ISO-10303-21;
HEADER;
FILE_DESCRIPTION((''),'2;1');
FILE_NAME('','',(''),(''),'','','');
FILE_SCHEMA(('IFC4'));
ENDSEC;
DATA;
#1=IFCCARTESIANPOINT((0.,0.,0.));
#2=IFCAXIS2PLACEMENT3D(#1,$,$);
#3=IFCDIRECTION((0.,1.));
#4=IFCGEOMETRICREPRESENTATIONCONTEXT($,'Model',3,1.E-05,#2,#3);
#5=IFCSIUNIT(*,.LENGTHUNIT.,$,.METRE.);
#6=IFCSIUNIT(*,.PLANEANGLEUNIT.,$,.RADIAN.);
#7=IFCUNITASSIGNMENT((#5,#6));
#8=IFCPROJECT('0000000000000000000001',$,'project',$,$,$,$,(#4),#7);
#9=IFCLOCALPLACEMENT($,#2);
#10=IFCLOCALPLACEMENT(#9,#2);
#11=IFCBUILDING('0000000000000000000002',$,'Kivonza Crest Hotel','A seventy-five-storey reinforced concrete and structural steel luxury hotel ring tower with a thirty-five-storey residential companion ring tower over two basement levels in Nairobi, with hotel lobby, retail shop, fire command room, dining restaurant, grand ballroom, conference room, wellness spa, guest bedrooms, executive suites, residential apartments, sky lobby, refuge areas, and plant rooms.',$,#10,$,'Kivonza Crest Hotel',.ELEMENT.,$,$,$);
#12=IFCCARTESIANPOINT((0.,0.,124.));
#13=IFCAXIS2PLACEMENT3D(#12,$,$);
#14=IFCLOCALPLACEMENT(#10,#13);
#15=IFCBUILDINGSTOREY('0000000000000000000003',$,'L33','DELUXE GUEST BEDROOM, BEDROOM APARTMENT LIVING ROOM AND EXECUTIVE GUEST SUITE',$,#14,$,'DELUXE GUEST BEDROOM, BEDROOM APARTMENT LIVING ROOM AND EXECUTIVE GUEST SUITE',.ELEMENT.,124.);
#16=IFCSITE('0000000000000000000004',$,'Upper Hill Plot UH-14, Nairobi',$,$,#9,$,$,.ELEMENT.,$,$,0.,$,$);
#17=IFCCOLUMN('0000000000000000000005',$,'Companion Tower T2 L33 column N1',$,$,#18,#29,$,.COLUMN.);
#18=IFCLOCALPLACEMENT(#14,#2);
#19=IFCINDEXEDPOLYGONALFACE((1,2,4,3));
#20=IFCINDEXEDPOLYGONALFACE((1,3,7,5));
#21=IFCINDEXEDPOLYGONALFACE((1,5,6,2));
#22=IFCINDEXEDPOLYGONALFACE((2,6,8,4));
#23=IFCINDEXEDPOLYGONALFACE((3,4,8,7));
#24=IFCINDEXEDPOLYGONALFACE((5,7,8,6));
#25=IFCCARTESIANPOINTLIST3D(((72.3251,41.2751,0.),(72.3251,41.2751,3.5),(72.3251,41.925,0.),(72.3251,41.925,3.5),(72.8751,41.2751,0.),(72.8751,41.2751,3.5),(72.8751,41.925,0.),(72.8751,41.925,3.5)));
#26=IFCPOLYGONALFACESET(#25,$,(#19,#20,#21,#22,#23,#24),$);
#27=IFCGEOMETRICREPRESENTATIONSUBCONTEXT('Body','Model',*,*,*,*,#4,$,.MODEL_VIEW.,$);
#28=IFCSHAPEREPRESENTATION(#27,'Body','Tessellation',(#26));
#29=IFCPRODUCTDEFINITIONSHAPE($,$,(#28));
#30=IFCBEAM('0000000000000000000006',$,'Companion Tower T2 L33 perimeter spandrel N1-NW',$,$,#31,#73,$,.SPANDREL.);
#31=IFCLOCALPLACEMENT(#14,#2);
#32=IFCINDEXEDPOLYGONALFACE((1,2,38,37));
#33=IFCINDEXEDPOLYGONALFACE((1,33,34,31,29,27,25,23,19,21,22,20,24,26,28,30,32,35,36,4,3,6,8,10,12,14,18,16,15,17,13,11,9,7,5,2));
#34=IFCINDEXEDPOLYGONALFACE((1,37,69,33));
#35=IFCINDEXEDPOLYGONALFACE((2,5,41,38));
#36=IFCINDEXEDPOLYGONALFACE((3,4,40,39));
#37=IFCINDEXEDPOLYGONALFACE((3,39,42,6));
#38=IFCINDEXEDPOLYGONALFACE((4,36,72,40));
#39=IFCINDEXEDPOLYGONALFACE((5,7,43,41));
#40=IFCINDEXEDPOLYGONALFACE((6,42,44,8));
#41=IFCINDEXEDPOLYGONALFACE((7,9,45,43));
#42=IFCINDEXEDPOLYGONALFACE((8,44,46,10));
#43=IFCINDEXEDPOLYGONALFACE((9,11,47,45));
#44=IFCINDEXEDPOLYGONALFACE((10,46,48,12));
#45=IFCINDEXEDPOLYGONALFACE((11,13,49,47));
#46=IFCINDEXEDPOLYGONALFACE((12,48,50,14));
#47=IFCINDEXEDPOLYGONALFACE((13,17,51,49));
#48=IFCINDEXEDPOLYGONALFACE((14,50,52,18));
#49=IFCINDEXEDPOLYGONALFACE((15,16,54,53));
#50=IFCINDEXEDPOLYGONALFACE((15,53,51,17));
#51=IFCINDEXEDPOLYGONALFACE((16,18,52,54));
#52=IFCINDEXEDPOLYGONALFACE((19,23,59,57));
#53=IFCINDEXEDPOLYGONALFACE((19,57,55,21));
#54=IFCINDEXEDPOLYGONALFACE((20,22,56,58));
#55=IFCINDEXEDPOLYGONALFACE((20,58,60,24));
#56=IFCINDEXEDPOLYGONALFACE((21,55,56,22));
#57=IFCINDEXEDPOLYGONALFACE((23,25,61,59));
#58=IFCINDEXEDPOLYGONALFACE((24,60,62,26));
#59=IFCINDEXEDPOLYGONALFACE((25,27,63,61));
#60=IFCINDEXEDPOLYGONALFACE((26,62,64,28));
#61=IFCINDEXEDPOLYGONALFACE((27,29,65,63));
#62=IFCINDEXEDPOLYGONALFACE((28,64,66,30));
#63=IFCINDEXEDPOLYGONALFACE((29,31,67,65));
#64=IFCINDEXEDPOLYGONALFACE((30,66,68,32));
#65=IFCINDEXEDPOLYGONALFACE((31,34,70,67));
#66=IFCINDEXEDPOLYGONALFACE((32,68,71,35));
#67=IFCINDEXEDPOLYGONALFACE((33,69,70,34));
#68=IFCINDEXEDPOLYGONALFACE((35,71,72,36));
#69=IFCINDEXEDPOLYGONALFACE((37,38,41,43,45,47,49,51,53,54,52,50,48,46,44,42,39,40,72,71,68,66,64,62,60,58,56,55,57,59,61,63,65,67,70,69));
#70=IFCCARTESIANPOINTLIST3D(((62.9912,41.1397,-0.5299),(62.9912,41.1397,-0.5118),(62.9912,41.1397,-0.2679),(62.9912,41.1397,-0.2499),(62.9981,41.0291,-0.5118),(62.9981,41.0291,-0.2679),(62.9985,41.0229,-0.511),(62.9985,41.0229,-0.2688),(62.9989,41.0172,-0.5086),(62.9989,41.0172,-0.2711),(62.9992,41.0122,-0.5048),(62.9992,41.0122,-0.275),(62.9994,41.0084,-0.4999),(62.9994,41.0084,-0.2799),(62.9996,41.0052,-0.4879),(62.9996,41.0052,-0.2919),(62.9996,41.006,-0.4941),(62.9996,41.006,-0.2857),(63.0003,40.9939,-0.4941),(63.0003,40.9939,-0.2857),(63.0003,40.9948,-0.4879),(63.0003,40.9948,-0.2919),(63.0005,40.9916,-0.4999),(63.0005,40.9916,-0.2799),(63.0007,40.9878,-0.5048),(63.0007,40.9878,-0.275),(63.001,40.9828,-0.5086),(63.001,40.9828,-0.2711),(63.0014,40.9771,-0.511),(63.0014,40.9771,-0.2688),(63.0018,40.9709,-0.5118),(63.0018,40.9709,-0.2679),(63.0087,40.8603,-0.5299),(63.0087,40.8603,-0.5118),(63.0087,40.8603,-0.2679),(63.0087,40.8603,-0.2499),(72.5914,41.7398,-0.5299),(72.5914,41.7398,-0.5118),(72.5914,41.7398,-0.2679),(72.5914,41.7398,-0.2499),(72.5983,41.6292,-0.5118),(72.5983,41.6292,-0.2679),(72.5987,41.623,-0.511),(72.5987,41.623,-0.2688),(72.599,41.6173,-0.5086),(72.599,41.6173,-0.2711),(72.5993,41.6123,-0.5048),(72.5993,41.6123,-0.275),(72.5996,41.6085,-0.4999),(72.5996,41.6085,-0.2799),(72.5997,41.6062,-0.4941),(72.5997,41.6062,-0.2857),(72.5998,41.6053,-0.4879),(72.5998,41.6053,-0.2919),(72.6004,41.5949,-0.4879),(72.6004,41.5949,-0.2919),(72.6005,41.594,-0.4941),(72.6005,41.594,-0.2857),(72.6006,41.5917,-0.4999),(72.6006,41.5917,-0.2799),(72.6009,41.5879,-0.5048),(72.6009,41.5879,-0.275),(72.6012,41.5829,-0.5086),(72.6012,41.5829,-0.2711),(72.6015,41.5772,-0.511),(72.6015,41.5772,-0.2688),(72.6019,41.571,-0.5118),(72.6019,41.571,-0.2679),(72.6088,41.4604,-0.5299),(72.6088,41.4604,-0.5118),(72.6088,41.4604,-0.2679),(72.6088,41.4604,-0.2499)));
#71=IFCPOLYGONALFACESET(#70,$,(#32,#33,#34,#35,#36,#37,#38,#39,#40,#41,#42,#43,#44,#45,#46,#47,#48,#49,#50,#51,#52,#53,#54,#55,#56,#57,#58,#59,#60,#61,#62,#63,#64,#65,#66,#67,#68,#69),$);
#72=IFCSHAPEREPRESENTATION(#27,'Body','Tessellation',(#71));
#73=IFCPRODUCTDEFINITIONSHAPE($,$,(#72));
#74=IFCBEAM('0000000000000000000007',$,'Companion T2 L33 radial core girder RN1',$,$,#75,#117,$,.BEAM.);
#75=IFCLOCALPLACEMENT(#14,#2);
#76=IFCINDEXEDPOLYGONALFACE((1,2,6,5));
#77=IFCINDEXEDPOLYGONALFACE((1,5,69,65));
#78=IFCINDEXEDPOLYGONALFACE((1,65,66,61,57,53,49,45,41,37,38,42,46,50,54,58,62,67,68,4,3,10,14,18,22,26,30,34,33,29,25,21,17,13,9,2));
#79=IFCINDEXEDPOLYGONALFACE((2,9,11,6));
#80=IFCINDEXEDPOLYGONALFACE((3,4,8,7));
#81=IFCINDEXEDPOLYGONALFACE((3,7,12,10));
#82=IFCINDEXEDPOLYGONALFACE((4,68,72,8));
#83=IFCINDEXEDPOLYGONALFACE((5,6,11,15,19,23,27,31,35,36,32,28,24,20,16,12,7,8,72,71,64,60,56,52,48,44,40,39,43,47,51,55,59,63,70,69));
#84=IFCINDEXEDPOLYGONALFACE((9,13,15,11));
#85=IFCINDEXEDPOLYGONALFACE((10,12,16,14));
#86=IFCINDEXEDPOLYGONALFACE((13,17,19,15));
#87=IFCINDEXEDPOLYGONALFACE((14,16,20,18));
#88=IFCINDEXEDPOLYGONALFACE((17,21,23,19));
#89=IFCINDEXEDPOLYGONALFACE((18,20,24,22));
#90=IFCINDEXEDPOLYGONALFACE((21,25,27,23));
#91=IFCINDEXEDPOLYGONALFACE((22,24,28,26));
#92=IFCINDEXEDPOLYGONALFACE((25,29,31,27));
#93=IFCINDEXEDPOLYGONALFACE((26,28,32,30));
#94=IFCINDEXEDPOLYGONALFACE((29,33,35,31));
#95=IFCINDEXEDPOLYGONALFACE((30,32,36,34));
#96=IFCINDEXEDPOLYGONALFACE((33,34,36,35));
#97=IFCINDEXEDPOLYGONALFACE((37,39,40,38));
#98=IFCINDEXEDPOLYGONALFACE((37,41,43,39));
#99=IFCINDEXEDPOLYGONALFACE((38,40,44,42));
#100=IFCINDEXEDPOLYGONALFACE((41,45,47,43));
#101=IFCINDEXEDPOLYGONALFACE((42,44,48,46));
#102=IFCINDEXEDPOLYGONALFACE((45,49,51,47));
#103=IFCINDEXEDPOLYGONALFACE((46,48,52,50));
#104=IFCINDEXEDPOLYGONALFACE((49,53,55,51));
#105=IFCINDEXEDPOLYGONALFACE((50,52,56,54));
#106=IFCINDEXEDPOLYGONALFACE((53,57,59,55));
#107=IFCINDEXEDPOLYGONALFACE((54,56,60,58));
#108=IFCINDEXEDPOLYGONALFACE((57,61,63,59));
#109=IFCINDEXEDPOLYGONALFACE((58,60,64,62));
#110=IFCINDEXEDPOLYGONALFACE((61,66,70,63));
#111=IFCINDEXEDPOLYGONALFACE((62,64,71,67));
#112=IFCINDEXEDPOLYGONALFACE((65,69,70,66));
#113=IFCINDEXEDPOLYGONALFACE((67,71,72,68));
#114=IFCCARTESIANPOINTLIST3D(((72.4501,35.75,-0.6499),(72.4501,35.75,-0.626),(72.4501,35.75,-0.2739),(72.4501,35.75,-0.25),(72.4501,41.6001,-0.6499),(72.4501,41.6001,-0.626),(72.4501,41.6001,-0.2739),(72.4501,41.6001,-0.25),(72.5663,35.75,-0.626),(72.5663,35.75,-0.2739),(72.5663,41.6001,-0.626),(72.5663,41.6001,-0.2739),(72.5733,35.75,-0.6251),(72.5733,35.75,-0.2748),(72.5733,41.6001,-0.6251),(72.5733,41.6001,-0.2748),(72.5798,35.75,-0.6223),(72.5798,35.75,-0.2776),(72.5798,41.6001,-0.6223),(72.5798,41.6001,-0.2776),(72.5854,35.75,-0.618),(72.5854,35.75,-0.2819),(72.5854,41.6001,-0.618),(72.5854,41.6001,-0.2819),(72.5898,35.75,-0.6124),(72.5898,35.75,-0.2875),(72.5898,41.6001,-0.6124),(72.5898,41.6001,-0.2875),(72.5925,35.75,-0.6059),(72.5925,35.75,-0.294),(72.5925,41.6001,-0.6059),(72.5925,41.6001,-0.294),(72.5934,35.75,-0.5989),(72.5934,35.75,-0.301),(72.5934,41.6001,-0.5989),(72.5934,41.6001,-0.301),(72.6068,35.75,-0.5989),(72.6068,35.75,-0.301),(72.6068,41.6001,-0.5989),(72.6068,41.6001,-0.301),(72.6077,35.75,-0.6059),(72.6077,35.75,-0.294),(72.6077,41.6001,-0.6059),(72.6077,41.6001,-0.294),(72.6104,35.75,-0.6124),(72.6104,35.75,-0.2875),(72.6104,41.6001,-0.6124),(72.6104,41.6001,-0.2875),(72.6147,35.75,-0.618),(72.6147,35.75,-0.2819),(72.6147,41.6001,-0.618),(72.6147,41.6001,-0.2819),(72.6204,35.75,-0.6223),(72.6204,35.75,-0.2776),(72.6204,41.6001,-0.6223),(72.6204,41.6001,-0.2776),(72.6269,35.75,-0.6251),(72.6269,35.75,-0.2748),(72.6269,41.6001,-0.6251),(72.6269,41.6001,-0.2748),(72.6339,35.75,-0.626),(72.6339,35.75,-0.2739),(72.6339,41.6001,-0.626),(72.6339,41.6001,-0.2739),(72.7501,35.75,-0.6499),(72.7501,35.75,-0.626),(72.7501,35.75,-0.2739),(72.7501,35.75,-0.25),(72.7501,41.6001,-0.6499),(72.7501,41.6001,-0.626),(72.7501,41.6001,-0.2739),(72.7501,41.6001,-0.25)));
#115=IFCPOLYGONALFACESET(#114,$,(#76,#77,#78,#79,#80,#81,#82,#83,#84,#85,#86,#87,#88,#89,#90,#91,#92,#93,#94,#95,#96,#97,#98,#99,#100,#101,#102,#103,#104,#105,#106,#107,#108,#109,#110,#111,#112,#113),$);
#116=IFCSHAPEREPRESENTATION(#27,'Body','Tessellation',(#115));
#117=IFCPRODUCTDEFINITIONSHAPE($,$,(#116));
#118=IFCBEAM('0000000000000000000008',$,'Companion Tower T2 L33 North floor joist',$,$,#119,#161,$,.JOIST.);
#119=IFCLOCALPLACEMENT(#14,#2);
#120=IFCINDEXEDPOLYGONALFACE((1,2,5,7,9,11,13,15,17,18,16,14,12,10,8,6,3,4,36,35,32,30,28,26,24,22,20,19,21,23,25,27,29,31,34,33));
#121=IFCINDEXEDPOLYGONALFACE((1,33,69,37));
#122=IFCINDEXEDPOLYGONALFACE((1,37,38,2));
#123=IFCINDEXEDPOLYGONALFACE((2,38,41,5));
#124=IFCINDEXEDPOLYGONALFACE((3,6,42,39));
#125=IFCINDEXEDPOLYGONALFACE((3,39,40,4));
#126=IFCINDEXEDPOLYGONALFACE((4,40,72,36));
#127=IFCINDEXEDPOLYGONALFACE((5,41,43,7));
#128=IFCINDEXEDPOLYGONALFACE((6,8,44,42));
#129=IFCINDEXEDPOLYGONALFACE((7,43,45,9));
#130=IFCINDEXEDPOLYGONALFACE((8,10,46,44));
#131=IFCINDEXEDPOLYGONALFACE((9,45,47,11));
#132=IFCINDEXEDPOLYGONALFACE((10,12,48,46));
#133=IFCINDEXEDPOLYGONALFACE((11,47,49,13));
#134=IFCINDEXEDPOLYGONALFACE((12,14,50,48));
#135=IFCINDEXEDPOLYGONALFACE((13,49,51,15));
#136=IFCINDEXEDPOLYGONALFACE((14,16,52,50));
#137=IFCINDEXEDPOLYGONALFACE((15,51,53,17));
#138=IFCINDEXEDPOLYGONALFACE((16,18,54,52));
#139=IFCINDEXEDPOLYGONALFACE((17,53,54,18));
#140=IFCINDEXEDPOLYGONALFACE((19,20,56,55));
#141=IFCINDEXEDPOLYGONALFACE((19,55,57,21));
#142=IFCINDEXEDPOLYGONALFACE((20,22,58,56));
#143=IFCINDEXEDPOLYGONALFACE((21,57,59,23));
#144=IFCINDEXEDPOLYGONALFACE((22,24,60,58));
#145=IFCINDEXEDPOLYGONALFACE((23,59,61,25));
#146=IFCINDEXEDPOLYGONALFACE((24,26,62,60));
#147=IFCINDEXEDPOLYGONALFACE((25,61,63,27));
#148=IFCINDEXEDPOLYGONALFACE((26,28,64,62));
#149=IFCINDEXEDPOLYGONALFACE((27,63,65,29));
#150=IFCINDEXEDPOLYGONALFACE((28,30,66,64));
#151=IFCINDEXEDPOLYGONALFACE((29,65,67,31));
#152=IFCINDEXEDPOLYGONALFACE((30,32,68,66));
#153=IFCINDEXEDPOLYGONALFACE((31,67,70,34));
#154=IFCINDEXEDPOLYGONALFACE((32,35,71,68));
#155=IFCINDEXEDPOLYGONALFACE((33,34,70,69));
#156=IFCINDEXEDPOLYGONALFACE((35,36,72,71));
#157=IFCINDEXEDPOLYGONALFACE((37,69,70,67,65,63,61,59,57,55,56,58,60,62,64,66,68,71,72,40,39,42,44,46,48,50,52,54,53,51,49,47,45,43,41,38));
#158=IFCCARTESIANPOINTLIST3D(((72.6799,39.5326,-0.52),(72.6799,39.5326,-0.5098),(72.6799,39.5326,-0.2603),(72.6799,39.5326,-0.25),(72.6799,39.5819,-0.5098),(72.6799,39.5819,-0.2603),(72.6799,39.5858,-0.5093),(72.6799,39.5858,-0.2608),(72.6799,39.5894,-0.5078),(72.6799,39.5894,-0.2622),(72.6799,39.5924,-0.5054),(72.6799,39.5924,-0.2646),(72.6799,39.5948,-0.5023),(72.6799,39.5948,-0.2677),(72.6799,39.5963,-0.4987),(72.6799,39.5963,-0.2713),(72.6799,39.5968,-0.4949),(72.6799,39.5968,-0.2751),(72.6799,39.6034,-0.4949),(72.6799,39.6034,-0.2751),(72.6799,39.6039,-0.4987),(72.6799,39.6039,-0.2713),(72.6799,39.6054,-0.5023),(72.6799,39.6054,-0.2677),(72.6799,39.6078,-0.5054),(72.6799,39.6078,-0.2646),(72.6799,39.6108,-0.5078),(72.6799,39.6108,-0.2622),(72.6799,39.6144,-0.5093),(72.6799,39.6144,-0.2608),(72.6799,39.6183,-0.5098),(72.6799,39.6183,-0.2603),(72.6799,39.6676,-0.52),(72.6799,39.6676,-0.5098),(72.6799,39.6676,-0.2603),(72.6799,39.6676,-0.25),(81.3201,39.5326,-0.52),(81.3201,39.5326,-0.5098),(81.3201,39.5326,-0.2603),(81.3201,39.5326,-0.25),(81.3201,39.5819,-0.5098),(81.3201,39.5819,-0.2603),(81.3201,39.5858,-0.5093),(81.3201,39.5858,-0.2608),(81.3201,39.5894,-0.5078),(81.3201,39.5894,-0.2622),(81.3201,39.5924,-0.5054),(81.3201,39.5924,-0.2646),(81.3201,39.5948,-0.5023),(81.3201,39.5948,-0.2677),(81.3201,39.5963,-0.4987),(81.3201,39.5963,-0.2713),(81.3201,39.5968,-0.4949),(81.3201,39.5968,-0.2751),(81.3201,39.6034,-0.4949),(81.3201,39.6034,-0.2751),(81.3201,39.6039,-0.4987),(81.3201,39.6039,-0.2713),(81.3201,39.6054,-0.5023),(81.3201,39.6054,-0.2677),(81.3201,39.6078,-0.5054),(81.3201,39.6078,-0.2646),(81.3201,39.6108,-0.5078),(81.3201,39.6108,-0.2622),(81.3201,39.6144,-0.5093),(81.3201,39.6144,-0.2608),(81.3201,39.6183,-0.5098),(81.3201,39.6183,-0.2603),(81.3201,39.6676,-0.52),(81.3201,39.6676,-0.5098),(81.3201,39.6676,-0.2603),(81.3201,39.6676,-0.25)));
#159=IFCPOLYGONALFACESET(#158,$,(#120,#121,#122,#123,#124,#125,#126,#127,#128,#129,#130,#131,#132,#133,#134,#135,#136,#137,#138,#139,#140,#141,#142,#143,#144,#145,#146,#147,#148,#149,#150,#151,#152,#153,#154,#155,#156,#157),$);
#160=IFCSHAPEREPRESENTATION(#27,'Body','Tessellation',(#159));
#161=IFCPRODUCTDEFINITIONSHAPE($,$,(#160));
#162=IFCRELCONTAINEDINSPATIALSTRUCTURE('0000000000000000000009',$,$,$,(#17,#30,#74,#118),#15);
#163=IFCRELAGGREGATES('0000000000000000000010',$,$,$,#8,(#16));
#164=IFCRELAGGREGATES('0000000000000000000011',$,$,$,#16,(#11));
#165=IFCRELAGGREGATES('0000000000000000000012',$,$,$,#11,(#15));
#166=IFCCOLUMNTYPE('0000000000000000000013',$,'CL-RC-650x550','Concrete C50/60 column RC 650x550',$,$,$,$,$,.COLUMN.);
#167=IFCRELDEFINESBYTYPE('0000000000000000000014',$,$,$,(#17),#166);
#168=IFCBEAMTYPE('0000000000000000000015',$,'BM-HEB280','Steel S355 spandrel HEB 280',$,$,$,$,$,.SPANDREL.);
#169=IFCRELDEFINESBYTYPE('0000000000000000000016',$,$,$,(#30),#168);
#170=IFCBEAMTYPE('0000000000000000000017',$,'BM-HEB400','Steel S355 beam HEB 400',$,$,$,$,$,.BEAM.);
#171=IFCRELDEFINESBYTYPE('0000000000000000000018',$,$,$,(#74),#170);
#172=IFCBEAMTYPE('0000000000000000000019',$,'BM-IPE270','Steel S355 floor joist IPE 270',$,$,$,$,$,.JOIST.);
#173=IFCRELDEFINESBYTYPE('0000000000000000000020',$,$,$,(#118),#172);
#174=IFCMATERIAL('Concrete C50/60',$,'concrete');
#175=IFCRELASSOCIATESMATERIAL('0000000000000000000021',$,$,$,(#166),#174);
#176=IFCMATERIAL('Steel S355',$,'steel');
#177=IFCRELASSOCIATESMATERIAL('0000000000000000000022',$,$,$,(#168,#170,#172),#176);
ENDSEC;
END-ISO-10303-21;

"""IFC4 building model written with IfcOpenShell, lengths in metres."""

from ifc_helpers import new_model, si_unit, direction, frame, origin, origin_2d, place, context, subcontext, project, spatial, rectangle, i_section, extrude, material, material_profile, profile_set, type_object, element, save


model = new_model("IFC4")

# Units and contexts
model_context = context("Model", 3, precision=1e-05, world=origin(), true_north=direction((0.0, 1.0)))
body_context = subcontext(model_context, "Body", "Model", "MODEL_VIEW")
ifc_project = project(units=[si_unit("LENGTHUNIT", "METRE"), si_unit("PLANEANGLEUNIT", "RADIAN")], contexts=[model_context])

# Site, building, storey
site_placement = place(None, origin())
site = spatial("IfcSite", under=ifc_project, at=site_placement, Name="Upper Hill Plot UH-14, Nairobi", CompositionType="ELEMENT", RefElevation=0.0)
building_placement = place(site_placement, origin())
building = spatial("IfcBuilding", under=site, at=building_placement, Name="Kivonza Crest Hotel", Description="A seventy-five-storey reinforced concrete and structural steel luxury hotel ring tower with a thirty-five-storey residential companion ring tower over two basement levels in Nairobi, with hotel lobby, retail shop, fire command room, dining restaurant, grand ballroom, conference room, wellness spa, guest bedrooms, executive suites, residential apartments, sky lobby, refuge areas, and plant rooms.", LongName="Kivonza Crest Hotel", CompositionType="ELEMENT")
storey_placement = place(building_placement, frame((0.0, 0.0, 124.0)))
storey = spatial("IfcBuildingStorey", under=building, at=storey_placement, Name="L33", Description="DELUXE GUEST BEDROOM, BEDROOM APARTMENT LIVING ROOM AND EXECUTIVE GUEST SUITE", LongName="DELUXE GUEST BEDROOM, BEDROOM APARTMENT LIVING ROOM AND EXECUTIVE GUEST SUITE", CompositionType="ELEMENT", Elevation=124.0)

# Column
ifc_material_1 = material(Name="Concrete C50/60", Category="concrete")
ifc_material_profile_1 = material_profile(ifc_material_1, rectangle(XDim=0.55, YDim=0.6499, at=origin_2d()), Name="RC 650x550")
ifc_profile_set_1 = profile_set([ifc_material_profile_1], Name="Concrete C50/60")
column_type = type_object("IfcColumnType", Name="CL-RC-650x550", Description="Concrete C50/60 column RC 650x550", PredefinedType="COLUMN", material=ifc_profile_set_1)
column_placement = place(storey_placement, frame((72.6001, 41.6001, 0.0), z_axis=(0.0, 0.0, 1.0), x_axis=(1.0, 0.0, 0.0)))
element("IfcColumn", 1, at=column_placement, inside=storey, type_object=column_type, Name="Companion Tower T2 L33 column N1", PredefinedType="COLUMN", context=body_context, shape_type="SweptSolid", body=[
    extrude(rectangle(XDim=0.55, YDim=0.6499, at=origin_2d()), origin(), (0.0, 0.0, 1.0), 3.5),
])

# Beams
ifc_material_2 = material(Name="Steel S355", Category="steel")
ifc_material_profile_2 = material_profile(ifc_material_2, i_section(OverallWidth=0.28, OverallDepth=0.28, WebThickness=0.0105, FlangeThickness=0.0181, FilletRadius=0.0239, at=origin_2d()), Name="HEB 280")
ifc_profile_set_2 = profile_set([ifc_material_profile_2], Name="Steel S355")
beam_type_1 = type_object("IfcBeamType", Name="BM-HEB280", Description="Steel S355 spandrel HEB 280", PredefinedType="SPANDREL", material=ifc_profile_set_2)
beam_1_placement = place(storey_placement, frame((72.6001, 41.6001, -0.3899), z_axis=(-0.998052, -0.062388, 0.0), x_axis=(0.062388, -0.998052, 0.0)))
element("IfcBeam", 2, at=beam_1_placement, inside=storey, type_object=beam_type_1, Name="Companion Tower T2 L33 perimeter spandrel N1-NW", PredefinedType="SPANDREL", context=body_context, shape_type="SweptSolid", body=[
    extrude(i_section(OverallWidth=0.28, OverallDepth=0.28, WebThickness=0.0105, FlangeThickness=0.0181, FilletRadius=0.0239, at=origin_2d()), origin(), (0.0, 0.0, 1.0), 9.6189),
])
ifc_material_profile_3 = material_profile(ifc_material_2, i_section(OverallWidth=0.3, OverallDepth=0.3999, WebThickness=0.0134, FlangeThickness=0.0239, FilletRadius=0.0271, at=origin_2d()), Name="HEB 400")
ifc_profile_set_3 = profile_set([ifc_material_profile_3], Name="Steel S355")
beam_type_2 = type_object("IfcBeamType", Name="BM-HEB400", Description="Steel S355 beam HEB 400", PredefinedType="BEAM", material=ifc_profile_set_3)
beam_2_placement = place(storey_placement, frame((72.6001, 41.6001, -0.45), z_axis=(0.0, -1.0, 0.0), x_axis=(1.0, 0.0, 0.0)))
element("IfcBeam", 3, at=beam_2_placement, inside=storey, type_object=beam_type_2, Name="Companion T2 L33 radial core girder RN1", PredefinedType="BEAM", context=body_context, shape_type="SweptSolid", body=[
    extrude(i_section(OverallWidth=0.3, OverallDepth=0.3999, WebThickness=0.0134, FlangeThickness=0.0239, FilletRadius=0.0271, at=origin_2d()), origin(), (0.0, 0.0, 1.0), 5.8501),
])
ifc_material_profile_4 = material_profile(ifc_material_2, i_section(OverallWidth=0.135, OverallDepth=0.27, WebThickness=0.0066, FlangeThickness=0.0103, FilletRadius=0.0149, at=origin_2d()), Name="IPE 270")
ifc_profile_set_4 = profile_set([ifc_material_profile_4], Name="Steel S355")
beam_type_3 = type_object("IfcBeamType", Name="BM-IPE270", Description="Steel S355 floor joist IPE 270", PredefinedType="JOIST", material=ifc_profile_set_4)
beam_3_placement = place(storey_placement, frame((72.6799, 39.6001, -0.385), z_axis=(1.0, 0.0, 0.0), x_axis=(0.0, 1.0, 0.0)))
element("IfcBeam", 4, at=beam_3_placement, inside=storey, type_object=beam_type_3, Name="Companion Tower T2 L33 North floor joist", PredefinedType="JOIST", context=body_context, shape_type="SweptSolid", body=[
    extrude(i_section(OverallWidth=0.135, OverallDepth=0.27, WebThickness=0.0066, FlangeThickness=0.0103, FilletRadius=0.0149, at=origin_2d()), origin(), (0.0, 0.0, 1.0), 8.6401),
])

save(model, "model.ifc")
